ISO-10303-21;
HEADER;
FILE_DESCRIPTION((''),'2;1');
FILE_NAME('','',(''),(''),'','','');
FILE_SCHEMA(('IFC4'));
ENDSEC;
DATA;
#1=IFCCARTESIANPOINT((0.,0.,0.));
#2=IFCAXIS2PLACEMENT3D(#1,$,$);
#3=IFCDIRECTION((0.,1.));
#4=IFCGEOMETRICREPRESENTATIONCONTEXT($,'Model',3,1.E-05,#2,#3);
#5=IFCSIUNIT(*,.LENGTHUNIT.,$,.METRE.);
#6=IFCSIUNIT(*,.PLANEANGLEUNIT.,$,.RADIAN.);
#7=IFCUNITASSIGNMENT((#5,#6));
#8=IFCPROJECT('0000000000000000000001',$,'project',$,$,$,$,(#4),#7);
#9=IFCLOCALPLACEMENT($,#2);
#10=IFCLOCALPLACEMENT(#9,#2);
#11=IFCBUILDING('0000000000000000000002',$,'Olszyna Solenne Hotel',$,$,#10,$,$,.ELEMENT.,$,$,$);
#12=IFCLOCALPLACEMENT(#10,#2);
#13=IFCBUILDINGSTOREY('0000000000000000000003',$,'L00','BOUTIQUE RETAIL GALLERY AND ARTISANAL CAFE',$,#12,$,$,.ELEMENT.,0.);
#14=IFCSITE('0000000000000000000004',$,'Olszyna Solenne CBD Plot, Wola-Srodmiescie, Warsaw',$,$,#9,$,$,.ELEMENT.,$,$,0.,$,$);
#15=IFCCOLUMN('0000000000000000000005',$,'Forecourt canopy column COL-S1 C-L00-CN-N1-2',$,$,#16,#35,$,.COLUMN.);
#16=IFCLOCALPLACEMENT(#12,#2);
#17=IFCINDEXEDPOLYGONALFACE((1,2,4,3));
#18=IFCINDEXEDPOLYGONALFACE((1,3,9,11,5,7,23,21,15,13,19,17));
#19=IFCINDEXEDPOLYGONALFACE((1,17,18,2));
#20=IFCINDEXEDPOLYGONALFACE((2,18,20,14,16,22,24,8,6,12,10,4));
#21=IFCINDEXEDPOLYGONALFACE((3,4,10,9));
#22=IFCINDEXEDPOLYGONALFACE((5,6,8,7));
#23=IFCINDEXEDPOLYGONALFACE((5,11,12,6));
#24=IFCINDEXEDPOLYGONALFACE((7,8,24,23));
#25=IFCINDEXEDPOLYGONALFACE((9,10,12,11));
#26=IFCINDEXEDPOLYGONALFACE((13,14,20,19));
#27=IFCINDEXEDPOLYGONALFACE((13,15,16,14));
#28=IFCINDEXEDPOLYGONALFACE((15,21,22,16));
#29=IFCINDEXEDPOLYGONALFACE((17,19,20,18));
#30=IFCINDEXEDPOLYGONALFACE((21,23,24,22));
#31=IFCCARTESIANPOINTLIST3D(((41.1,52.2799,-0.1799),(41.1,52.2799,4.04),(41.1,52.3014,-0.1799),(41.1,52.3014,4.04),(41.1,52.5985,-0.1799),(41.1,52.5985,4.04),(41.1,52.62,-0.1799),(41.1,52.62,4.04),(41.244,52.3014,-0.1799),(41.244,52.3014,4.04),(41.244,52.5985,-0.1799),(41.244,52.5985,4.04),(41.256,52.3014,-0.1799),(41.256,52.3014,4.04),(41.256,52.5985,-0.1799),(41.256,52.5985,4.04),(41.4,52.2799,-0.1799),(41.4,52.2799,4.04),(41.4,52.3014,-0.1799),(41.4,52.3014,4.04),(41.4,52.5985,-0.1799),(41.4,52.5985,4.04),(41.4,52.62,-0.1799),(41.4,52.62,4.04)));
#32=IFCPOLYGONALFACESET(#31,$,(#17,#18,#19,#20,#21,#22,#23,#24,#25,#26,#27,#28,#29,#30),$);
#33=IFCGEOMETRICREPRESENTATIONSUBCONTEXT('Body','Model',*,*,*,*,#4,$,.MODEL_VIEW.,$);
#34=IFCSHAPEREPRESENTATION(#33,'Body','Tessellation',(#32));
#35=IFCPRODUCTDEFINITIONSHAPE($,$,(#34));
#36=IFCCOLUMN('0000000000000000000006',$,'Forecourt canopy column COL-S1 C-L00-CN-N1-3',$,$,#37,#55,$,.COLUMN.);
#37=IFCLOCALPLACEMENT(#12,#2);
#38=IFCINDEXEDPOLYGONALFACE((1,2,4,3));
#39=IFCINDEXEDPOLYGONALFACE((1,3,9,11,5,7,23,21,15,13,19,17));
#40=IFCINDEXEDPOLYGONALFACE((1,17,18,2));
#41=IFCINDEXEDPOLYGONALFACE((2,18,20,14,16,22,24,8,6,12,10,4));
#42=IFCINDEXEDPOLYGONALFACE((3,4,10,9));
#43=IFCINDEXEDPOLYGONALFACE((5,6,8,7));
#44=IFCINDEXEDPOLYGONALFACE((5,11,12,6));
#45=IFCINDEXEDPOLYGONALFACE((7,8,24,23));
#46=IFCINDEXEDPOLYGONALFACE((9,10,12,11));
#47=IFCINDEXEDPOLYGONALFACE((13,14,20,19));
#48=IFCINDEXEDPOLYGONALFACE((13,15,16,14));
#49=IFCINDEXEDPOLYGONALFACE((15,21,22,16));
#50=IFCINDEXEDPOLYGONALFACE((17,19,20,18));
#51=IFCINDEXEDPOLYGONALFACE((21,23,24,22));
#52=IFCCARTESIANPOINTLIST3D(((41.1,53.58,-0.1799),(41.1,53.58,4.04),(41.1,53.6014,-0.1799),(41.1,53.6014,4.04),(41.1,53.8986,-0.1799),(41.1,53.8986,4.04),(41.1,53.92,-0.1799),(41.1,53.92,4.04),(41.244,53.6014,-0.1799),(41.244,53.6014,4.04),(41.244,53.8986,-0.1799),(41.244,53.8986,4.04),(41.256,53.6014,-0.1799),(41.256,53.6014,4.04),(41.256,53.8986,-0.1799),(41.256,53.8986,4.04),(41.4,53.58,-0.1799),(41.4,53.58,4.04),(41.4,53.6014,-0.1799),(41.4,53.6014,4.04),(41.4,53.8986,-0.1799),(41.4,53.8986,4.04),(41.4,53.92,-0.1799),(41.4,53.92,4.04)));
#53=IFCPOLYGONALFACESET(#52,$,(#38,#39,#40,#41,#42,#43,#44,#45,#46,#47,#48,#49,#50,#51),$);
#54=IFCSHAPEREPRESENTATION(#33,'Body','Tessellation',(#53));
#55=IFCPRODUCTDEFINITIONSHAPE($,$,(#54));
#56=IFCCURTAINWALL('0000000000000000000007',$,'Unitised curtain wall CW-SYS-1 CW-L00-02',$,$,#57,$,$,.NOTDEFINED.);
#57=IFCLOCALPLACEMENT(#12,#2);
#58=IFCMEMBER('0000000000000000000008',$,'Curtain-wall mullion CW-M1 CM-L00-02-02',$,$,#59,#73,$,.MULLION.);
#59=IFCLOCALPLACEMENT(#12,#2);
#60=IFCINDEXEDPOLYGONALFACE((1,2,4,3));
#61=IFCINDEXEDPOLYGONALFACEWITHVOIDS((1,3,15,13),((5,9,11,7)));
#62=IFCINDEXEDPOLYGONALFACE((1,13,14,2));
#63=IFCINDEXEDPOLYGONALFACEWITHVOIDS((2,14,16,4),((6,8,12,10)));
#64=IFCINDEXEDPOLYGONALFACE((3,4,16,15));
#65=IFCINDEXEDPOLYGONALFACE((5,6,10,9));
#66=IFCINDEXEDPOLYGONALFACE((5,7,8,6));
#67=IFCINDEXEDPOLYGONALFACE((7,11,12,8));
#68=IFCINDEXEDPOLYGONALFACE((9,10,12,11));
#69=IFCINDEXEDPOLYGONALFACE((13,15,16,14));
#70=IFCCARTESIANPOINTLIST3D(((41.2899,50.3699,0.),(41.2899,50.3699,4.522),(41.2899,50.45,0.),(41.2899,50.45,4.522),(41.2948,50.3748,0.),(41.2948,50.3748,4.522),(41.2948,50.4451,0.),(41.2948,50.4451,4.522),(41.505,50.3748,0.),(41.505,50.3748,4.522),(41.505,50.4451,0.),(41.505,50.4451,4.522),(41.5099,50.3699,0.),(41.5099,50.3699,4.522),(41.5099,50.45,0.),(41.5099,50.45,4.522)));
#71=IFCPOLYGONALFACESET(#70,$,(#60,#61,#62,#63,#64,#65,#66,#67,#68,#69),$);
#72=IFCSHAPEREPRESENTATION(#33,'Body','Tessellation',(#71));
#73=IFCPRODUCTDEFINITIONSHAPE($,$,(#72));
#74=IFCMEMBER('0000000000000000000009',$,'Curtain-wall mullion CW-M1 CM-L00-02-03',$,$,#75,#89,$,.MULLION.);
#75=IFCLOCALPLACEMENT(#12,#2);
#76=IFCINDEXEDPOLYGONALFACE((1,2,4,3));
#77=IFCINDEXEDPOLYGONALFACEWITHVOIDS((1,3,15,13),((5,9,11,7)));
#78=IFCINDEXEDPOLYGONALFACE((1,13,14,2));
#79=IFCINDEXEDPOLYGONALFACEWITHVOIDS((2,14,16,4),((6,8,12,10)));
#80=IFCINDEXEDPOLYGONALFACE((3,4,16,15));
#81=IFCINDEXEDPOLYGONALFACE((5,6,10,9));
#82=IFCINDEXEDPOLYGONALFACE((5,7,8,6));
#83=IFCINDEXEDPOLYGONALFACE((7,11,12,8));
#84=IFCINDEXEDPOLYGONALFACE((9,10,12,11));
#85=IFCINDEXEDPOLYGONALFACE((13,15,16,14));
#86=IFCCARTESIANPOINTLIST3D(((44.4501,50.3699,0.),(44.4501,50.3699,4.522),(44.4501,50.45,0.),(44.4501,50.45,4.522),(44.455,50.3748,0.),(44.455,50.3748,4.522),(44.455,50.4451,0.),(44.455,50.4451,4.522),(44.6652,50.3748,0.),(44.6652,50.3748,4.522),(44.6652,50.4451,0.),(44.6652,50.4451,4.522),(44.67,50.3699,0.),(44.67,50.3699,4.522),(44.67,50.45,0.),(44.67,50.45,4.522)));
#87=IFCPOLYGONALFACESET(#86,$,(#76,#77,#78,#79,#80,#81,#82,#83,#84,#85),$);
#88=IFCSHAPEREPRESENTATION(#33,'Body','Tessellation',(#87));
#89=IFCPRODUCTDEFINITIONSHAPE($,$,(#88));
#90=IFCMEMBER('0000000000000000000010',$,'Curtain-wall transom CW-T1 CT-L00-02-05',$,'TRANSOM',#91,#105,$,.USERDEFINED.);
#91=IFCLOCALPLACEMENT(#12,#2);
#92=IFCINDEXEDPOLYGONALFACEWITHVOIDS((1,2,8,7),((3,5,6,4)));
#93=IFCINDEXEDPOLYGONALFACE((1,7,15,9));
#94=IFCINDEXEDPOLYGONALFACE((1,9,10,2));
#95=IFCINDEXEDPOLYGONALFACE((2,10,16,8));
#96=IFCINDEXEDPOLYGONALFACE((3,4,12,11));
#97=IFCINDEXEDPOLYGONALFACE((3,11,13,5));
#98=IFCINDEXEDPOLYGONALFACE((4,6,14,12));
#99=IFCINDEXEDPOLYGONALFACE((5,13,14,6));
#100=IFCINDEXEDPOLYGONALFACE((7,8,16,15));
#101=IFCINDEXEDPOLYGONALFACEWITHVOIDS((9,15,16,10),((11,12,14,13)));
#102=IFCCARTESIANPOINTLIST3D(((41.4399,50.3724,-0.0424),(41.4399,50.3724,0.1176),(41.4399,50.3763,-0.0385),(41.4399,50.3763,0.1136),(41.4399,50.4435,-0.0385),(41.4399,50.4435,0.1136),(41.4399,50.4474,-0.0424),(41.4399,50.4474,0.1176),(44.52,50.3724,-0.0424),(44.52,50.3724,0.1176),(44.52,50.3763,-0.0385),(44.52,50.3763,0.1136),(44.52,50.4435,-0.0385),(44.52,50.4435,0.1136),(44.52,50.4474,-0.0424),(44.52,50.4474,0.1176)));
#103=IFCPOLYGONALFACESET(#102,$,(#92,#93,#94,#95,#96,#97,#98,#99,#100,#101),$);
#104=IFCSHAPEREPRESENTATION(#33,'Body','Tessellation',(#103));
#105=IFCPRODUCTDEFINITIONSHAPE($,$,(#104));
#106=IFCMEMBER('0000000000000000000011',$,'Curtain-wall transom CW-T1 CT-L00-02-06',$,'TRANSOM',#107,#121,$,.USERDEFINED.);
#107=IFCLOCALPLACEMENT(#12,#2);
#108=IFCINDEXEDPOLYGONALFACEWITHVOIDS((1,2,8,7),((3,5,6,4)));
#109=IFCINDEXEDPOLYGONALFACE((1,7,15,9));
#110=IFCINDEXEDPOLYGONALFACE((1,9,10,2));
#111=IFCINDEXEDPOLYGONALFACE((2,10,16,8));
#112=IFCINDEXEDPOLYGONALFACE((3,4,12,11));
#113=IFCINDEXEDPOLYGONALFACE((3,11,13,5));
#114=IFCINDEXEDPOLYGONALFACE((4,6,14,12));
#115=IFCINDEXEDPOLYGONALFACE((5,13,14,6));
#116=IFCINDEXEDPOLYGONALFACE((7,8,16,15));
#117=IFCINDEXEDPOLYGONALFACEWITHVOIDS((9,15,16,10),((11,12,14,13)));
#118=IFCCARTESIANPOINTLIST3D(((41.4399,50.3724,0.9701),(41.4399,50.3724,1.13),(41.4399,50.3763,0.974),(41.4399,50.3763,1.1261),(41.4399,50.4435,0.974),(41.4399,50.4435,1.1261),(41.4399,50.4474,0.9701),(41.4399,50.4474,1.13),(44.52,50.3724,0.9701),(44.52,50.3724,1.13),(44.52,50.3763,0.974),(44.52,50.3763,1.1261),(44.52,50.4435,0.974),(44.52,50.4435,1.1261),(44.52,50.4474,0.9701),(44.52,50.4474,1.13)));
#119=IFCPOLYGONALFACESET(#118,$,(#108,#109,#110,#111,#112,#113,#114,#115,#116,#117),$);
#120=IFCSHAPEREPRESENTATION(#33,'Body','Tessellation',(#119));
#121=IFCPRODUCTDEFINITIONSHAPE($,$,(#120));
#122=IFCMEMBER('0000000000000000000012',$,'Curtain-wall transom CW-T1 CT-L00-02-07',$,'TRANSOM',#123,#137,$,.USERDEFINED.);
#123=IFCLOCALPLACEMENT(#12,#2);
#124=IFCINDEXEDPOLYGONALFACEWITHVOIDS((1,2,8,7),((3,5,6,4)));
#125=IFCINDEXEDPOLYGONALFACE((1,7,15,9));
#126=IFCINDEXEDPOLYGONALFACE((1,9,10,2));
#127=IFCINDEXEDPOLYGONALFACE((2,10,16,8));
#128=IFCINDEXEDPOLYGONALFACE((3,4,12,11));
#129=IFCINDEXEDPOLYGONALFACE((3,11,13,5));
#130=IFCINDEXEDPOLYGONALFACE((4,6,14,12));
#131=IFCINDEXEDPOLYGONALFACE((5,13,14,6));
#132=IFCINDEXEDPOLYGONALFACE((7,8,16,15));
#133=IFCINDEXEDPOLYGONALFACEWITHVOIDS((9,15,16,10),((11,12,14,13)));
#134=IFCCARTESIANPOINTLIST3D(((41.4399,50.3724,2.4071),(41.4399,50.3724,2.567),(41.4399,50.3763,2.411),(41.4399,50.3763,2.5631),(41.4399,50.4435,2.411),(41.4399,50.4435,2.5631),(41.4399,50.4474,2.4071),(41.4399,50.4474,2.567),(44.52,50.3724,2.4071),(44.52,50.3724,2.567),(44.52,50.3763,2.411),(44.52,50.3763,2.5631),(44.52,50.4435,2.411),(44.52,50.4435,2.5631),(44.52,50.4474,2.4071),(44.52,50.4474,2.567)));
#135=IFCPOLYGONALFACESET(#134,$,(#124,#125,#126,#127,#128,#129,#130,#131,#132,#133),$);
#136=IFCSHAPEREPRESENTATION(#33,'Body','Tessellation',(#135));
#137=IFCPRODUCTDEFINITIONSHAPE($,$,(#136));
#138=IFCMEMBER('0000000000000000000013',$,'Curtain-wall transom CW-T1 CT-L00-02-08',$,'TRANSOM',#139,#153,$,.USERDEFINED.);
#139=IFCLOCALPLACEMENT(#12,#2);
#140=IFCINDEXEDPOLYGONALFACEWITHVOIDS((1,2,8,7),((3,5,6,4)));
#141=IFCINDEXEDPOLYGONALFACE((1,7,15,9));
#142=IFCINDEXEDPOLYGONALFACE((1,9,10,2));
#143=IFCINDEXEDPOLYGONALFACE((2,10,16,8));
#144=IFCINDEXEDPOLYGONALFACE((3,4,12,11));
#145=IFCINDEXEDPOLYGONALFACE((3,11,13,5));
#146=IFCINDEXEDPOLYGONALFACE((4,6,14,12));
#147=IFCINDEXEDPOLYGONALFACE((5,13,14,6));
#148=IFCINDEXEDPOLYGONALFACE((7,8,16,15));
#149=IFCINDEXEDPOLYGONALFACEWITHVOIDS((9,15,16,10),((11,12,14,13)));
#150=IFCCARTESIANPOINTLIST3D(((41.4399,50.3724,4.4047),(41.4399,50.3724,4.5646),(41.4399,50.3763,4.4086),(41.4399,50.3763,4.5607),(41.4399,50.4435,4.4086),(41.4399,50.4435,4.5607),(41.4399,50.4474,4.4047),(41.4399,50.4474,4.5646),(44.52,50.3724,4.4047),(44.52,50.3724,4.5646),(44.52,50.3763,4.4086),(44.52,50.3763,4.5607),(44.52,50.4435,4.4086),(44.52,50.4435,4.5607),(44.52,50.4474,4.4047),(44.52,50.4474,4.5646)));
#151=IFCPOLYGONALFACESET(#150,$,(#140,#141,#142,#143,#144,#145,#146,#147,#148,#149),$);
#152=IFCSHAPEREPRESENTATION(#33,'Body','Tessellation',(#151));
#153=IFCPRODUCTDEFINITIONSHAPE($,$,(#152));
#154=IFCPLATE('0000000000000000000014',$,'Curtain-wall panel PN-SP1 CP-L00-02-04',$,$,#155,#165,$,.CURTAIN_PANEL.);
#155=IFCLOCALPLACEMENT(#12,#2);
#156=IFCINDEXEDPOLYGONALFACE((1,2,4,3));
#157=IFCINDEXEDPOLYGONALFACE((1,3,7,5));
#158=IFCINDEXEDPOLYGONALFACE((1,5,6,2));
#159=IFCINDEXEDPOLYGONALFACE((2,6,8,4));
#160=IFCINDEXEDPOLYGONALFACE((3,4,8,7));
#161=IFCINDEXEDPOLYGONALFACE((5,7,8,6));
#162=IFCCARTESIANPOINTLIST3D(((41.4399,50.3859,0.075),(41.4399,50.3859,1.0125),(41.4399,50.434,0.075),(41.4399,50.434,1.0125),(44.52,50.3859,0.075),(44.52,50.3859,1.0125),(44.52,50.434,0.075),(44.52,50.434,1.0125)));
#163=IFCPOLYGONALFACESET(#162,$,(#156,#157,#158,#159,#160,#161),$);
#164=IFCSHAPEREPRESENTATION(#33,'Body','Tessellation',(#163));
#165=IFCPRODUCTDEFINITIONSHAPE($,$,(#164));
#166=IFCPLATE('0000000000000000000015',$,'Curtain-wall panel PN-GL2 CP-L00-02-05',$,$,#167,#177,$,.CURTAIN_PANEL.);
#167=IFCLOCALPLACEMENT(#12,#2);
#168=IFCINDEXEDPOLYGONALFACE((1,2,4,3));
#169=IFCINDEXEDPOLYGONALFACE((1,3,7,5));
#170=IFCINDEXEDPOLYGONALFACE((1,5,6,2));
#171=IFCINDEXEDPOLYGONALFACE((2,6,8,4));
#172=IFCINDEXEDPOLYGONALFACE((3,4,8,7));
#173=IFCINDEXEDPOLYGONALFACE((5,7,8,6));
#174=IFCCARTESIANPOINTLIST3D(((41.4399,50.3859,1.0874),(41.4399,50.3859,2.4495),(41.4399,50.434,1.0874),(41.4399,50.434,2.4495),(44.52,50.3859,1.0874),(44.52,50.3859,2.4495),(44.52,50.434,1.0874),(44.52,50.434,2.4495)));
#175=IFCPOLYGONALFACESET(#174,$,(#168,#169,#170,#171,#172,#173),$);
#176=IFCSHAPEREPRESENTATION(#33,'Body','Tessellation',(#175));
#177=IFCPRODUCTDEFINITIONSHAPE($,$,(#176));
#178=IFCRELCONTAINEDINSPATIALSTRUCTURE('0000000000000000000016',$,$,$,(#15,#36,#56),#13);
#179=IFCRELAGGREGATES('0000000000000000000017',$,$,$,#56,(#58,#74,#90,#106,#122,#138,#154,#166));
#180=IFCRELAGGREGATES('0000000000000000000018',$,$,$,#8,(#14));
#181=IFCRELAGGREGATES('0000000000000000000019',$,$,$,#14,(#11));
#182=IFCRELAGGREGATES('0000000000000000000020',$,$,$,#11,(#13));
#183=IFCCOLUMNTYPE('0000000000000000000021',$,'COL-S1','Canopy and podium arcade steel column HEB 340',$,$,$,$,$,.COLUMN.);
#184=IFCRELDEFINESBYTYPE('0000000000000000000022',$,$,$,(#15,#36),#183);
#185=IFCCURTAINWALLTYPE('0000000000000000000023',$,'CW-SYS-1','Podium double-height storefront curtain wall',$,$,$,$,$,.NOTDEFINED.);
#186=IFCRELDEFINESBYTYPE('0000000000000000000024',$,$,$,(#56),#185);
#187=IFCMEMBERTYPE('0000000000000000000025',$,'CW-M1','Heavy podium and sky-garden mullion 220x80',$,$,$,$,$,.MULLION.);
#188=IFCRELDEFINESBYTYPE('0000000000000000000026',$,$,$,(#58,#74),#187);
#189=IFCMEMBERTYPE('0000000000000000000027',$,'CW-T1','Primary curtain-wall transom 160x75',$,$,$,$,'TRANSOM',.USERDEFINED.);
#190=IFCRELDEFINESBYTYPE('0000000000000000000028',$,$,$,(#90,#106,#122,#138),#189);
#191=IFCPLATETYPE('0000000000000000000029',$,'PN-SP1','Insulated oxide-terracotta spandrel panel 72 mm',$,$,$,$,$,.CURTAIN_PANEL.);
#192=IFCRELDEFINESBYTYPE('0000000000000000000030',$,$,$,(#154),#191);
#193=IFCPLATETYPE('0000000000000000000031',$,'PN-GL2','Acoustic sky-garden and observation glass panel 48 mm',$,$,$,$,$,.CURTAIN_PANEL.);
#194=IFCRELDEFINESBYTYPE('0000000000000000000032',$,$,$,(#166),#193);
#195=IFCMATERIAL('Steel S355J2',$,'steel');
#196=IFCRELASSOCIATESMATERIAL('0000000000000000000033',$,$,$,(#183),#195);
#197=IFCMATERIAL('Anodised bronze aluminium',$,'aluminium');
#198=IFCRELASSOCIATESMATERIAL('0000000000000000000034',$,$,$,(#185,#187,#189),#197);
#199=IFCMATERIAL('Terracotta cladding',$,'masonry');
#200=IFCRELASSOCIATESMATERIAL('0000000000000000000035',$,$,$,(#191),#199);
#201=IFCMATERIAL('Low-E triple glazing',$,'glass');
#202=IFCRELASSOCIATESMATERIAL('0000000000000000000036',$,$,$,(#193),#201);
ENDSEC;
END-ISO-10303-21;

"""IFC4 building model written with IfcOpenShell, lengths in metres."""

from ifc_helpers import new_model, si_unit, direction, frame, origin, origin_2d, place, context, subcontext, project, spatial, rectangle, hollow_rectangle, i_section, extrude, source, transform, mapped, material, material_profile, profile_set, type_object, element, aggregate, save


model = new_model("IFC4")

# Units and contexts
model_context = context("Model", 3, precision=1e-05, world=origin(), true_north=direction((0.0, 1.0)))
body_context = subcontext(model_context, "Body", "Model", "MODEL_VIEW")
ifc_project = project(units=[si_unit("LENGTHUNIT", "METRE"), si_unit("PLANEANGLEUNIT", "RADIAN")], contexts=[model_context])

# Site, building, storey
site_placement = place(None, origin())
site = spatial("IfcSite", under=ifc_project, at=site_placement, Name="Olszyna Solenne CBD Plot, Wola-Srodmiescie, Warsaw", CompositionType="ELEMENT", RefElevation=0.0)
building_placement = place(site_placement, origin())
building = spatial("IfcBuilding", under=site, at=building_placement, Name="Olszyna Solenne Hotel", CompositionType="ELEMENT")
storey_placement = place(building_placement, origin())
storey = spatial("IfcBuildingStorey", under=building, at=storey_placement, Name="L00", Description="BOUTIQUE RETAIL GALLERY AND ARTISANAL CAFE", CompositionType="ELEMENT", Elevation=0.0)

# Columns
ifc_material_1 = material(Name="Steel S355J2", Category="steel")
ifc_material_profile_1 = material_profile(ifc_material_1, i_section(OverallWidth=0.3, OverallDepth=0.3401, WebThickness=0.012, FlangeThickness=0.0215, at=origin_2d()), Name="HEB 340", Category="load-bearing")
ifc_profile_set_1 = profile_set([ifc_material_profile_1], Name="Steel S355J2")
column_type = type_object("IfcColumnType", Name="COL-S1", Description="Canopy and podium arcade steel column HEB 340", PredefinedType="COLUMN", material=ifc_profile_set_1)
shared_shape_1 = source(origin(), body_context, "Body", "SweptSolid", [
    extrude(i_section(OverallWidth=0.3, OverallDepth=0.3401, WebThickness=0.012, FlangeThickness=0.0215, at=origin_2d()), origin(), (0.0, 0.0, 1.0), 4.22),
])
for number, where, z_axis, x_axis, name in (
    (1, (41.25, 52.45, -0.1799), (0.0, 0.0, 1.0), (1.0, 0.0, 0.0), "Forecourt canopy column COL-S1 C-L00-CN-N1-2"),
    (2, (41.25, 53.75, -0.1799), (0.0, 0.0, 1.0), (1.0, 0.0, 0.0), "Forecourt canopy column COL-S1 C-L00-CN-N1-3"),
):
    element("IfcColumn", number, at=place(storey_placement, frame(where, z_axis=z_axis, x_axis=x_axis)), inside=storey, type_object=column_type, Name=name, PredefinedType="COLUMN", context=body_context, shape_type="MappedRepresentation", body=[
        mapped(shared_shape_1, transform((0.0, 0.0, 0.0), x_axis=(1.0, 0.0, 0.0), y_axis=(0.0, 1.0, 0.0), z_axis=(0.0, 0.0, 1.0), scale=1.0)),
    ])

# Curtain wall, members, plates
ifc_material_2 = material(Name="Anodised bronze aluminium", Category="aluminium")
curtain_wall_type = type_object("IfcCurtainWallType", Name="CW-SYS-1", Description="Podium double-height storefront curtain wall", PredefinedType="NOTDEFINED", material=ifc_material_2)
curtain_wall_placement = place(storey_placement, origin())
curtain_wall = element("IfcCurtainWall", 3, at=curtain_wall_placement, inside=storey, type_object=curtain_wall_type, Name="Unitised curtain wall CW-SYS-1 CW-L00-02", PredefinedType="NOTDEFINED")
ifc_material_profile_2 = material_profile(ifc_material_2, hollow_rectangle(XDim=0.0801, YDim=0.22, WallThickness=0.0049, at=origin_2d()), Name="MULL 220x80x5", Category="load-bearing")
ifc_profile_set_2 = profile_set([ifc_material_profile_2], Name="Anodised bronze aluminium")
member_type_1 = type_object("IfcMemberType", Name="CW-M1", Description="Heavy podium and sky-garden mullion 220x80", PredefinedType="MULLION", material=ifc_profile_set_2)
shared_shape_2 = source(origin(), body_context, "Body", "SweptSolid", [
    extrude(hollow_rectangle(XDim=0.0801, YDim=0.22, WallThickness=0.0049, at=origin_2d()), origin(), (0.0, 0.0, 1.0), 4.522),
])
member_1_placement = place(storey_placement, frame((41.3999, 50.4099, 0.0), z_axis=(0.0, 0.0, 1.0), x_axis=(0.0, 1.0, 0.0)))
member_1 = element("IfcMember", 4, at=member_1_placement, type_object=member_type_1, Name="Curtain-wall mullion CW-M1 CM-L00-02-02", PredefinedType="MULLION", context=body_context, shape_type="MappedRepresentation", body=[
    mapped(shared_shape_2, transform((0.0, 0.0, 0.0), x_axis=(1.0, 0.0, 0.0), y_axis=(0.0, 1.0, 0.0), z_axis=(0.0, 0.0, 1.0), scale=1.0)),
])
member_2_placement = place(storey_placement, frame((44.5601, 50.4099, 0.0), z_axis=(0.0, 0.0, 1.0), x_axis=(0.0, 1.0, 0.0)))
member_2 = element("IfcMember", 5, at=member_2_placement, type_object=member_type_1, Name="Curtain-wall mullion CW-M1 CM-L00-02-03", PredefinedType="MULLION", context=body_context, shape_type="MappedRepresentation", body=[
    mapped(shared_shape_2, transform((0.0, 0.0, 0.0), x_axis=(1.0, 0.0, 0.0), y_axis=(0.0, 1.0, 0.0), z_axis=(0.0, 0.0, 1.0), scale=1.0)),
])
ifc_material_profile_3 = material_profile(ifc_material_2, hollow_rectangle(XDim=0.075, YDim=0.1599, WallThickness=0.0039, at=origin_2d()), Name="TRAN 160x75x4", Category="load-bearing")
ifc_profile_set_3 = profile_set([ifc_material_profile_3], Name="Anodised bronze aluminium")
member_type_2 = type_object("IfcMemberType", Name="CW-T1", Description="Primary curtain-wall transom 160x75", ElementType="TRANSOM", PredefinedType="USERDEFINED", material=ifc_profile_set_3)
shared_shape_3 = source(origin(), body_context, "Body", "SweptSolid", [
    extrude(hollow_rectangle(XDim=0.075, YDim=0.1599, WallThickness=0.0039, at=origin_2d()), origin(), (0.0, 0.0, 1.0), 3.0801),
])
member_3_placement = place(storey_placement, frame((41.4399, 50.4099, 0.0376), z_axis=(1.0, 0.0, 0.0), x_axis=(0.0, 1.0, 0.0)))
member_3 = element("IfcMember", 6, at=member_3_placement, type_object=member_type_2, Name="Curtain-wall transom CW-T1 CT-L00-02-05", ObjectType="TRANSOM", PredefinedType="USERDEFINED", context=body_context, shape_type="MappedRepresentation", body=[
    mapped(shared_shape_3, transform((0.0, 0.0, 0.0), x_axis=(1.0, 0.0, 0.0), y_axis=(0.0, 1.0, 0.0), z_axis=(0.0, 0.0, 1.0), scale=1.0)),
])
member_4_placement = place(storey_placement, frame((41.4399, 50.4099, 1.05), z_axis=(1.0, 0.0, 0.0), x_axis=(0.0, 1.0, 0.0)))
member_4 = element("IfcMember", 7, at=member_4_placement, type_object=member_type_2, Name="Curtain-wall transom CW-T1 CT-L00-02-06", ObjectType="TRANSOM", PredefinedType="USERDEFINED", context=body_context, shape_type="MappedRepresentation", body=[
    mapped(shared_shape_3, transform((0.0, 0.0, 0.0), x_axis=(1.0, 0.0, 0.0), y_axis=(0.0, 1.0, 0.0), z_axis=(0.0, 0.0, 1.0), scale=1.0)),
])
member_5_placement = place(storey_placement, frame((41.4399, 50.4099, 2.4871), z_axis=(1.0, 0.0, 0.0), x_axis=(0.0, 1.0, 0.0)))
member_5 = element("IfcMember", 8, at=member_5_placement, type_object=member_type_2, Name="Curtain-wall transom CW-T1 CT-L00-02-07", ObjectType="TRANSOM", PredefinedType="USERDEFINED", context=body_context, shape_type="MappedRepresentation", body=[
    mapped(shared_shape_3, transform((0.0, 0.0, 0.0), x_axis=(1.0, 0.0, 0.0), y_axis=(0.0, 1.0, 0.0), z_axis=(0.0, 0.0, 1.0), scale=1.0)),
])
member_6_placement = place(storey_placement, frame((41.4399, 50.4099, 4.4846), z_axis=(1.0, 0.0, 0.0), x_axis=(0.0, 1.0, 0.0)))
member_6 = element("IfcMember", 9, at=member_6_placement, type_object=member_type_2, Name="Curtain-wall transom CW-T1 CT-L00-02-08", ObjectType="TRANSOM", PredefinedType="USERDEFINED", context=body_context, shape_type="MappedRepresentation", body=[
    mapped(shared_shape_3, transform((0.0, 0.0, 0.0), x_axis=(1.0, 0.0, 0.0), y_axis=(0.0, 1.0, 0.0), z_axis=(0.0, 0.0, 1.0), scale=1.0)),
])
ifc_material_3 = material(Name="Terracotta cladding", Category="masonry")
plate_type_1 = type_object("IfcPlateType", Name="PN-SP1", Description="Insulated oxide-terracotta spandrel panel 72 mm", PredefinedType="CURTAIN_PANEL", material=ifc_material_3)
shared_shape_4 = source(origin(), body_context, "Body", "SweptSolid", [
    extrude(rectangle(XDim=3.0801, YDim=0.0481, at=origin_2d()), origin(), (0.0, 0.0, 1.0), 0.9375),
])
plate_1_placement = place(storey_placement, frame((42.98, 50.4099, 0.075), z_axis=(0.0, 0.0, 1.0), x_axis=(1.0, 0.0, 0.0)))
plate_1 = element("IfcPlate", 10, at=plate_1_placement, type_object=plate_type_1, Name="Curtain-wall panel PN-SP1 CP-L00-02-04", PredefinedType="CURTAIN_PANEL", context=body_context, shape_type="MappedRepresentation", body=[
    mapped(shared_shape_4, transform((0.0, 0.0, 0.0), x_axis=(1.0, 0.0, 0.0), y_axis=(0.0, 1.0, 0.0), z_axis=(0.0, 0.0, 1.0), scale=1.0)),
])
ifc_material_4 = material(Name="Low-E triple glazing", Category="glass")
plate_type_2 = type_object("IfcPlateType", Name="PN-GL2", Description="Acoustic sky-garden and observation glass panel 48 mm", PredefinedType="CURTAIN_PANEL", material=ifc_material_4)
shared_shape_5 = source(origin(), body_context, "Body", "SweptSolid", [
    extrude(rectangle(XDim=3.0801, YDim=0.0481, at=origin_2d()), origin(), (0.0, 0.0, 1.0), 1.3621),
])
plate_2_placement = place(storey_placement, frame((42.98, 50.4099, 1.0874), z_axis=(0.0, 0.0, 1.0), x_axis=(1.0, 0.0, 0.0)))
plate_2 = element("IfcPlate", 11, at=plate_2_placement, type_object=plate_type_2, Name="Curtain-wall panel PN-GL2 CP-L00-02-05", PredefinedType="CURTAIN_PANEL", context=body_context, shape_type="MappedRepresentation", body=[
    mapped(shared_shape_5, transform((0.0, 0.0, 0.0), x_axis=(1.0, 0.0, 0.0), y_axis=(0.0, 1.0, 0.0), z_axis=(0.0, 0.0, 1.0), scale=1.0)),
])
aggregate(curtain_wall, [member_1, member_2, member_3, member_4, member_5, member_6, plate_1, plate_2])

save(model, "model.ifc")
